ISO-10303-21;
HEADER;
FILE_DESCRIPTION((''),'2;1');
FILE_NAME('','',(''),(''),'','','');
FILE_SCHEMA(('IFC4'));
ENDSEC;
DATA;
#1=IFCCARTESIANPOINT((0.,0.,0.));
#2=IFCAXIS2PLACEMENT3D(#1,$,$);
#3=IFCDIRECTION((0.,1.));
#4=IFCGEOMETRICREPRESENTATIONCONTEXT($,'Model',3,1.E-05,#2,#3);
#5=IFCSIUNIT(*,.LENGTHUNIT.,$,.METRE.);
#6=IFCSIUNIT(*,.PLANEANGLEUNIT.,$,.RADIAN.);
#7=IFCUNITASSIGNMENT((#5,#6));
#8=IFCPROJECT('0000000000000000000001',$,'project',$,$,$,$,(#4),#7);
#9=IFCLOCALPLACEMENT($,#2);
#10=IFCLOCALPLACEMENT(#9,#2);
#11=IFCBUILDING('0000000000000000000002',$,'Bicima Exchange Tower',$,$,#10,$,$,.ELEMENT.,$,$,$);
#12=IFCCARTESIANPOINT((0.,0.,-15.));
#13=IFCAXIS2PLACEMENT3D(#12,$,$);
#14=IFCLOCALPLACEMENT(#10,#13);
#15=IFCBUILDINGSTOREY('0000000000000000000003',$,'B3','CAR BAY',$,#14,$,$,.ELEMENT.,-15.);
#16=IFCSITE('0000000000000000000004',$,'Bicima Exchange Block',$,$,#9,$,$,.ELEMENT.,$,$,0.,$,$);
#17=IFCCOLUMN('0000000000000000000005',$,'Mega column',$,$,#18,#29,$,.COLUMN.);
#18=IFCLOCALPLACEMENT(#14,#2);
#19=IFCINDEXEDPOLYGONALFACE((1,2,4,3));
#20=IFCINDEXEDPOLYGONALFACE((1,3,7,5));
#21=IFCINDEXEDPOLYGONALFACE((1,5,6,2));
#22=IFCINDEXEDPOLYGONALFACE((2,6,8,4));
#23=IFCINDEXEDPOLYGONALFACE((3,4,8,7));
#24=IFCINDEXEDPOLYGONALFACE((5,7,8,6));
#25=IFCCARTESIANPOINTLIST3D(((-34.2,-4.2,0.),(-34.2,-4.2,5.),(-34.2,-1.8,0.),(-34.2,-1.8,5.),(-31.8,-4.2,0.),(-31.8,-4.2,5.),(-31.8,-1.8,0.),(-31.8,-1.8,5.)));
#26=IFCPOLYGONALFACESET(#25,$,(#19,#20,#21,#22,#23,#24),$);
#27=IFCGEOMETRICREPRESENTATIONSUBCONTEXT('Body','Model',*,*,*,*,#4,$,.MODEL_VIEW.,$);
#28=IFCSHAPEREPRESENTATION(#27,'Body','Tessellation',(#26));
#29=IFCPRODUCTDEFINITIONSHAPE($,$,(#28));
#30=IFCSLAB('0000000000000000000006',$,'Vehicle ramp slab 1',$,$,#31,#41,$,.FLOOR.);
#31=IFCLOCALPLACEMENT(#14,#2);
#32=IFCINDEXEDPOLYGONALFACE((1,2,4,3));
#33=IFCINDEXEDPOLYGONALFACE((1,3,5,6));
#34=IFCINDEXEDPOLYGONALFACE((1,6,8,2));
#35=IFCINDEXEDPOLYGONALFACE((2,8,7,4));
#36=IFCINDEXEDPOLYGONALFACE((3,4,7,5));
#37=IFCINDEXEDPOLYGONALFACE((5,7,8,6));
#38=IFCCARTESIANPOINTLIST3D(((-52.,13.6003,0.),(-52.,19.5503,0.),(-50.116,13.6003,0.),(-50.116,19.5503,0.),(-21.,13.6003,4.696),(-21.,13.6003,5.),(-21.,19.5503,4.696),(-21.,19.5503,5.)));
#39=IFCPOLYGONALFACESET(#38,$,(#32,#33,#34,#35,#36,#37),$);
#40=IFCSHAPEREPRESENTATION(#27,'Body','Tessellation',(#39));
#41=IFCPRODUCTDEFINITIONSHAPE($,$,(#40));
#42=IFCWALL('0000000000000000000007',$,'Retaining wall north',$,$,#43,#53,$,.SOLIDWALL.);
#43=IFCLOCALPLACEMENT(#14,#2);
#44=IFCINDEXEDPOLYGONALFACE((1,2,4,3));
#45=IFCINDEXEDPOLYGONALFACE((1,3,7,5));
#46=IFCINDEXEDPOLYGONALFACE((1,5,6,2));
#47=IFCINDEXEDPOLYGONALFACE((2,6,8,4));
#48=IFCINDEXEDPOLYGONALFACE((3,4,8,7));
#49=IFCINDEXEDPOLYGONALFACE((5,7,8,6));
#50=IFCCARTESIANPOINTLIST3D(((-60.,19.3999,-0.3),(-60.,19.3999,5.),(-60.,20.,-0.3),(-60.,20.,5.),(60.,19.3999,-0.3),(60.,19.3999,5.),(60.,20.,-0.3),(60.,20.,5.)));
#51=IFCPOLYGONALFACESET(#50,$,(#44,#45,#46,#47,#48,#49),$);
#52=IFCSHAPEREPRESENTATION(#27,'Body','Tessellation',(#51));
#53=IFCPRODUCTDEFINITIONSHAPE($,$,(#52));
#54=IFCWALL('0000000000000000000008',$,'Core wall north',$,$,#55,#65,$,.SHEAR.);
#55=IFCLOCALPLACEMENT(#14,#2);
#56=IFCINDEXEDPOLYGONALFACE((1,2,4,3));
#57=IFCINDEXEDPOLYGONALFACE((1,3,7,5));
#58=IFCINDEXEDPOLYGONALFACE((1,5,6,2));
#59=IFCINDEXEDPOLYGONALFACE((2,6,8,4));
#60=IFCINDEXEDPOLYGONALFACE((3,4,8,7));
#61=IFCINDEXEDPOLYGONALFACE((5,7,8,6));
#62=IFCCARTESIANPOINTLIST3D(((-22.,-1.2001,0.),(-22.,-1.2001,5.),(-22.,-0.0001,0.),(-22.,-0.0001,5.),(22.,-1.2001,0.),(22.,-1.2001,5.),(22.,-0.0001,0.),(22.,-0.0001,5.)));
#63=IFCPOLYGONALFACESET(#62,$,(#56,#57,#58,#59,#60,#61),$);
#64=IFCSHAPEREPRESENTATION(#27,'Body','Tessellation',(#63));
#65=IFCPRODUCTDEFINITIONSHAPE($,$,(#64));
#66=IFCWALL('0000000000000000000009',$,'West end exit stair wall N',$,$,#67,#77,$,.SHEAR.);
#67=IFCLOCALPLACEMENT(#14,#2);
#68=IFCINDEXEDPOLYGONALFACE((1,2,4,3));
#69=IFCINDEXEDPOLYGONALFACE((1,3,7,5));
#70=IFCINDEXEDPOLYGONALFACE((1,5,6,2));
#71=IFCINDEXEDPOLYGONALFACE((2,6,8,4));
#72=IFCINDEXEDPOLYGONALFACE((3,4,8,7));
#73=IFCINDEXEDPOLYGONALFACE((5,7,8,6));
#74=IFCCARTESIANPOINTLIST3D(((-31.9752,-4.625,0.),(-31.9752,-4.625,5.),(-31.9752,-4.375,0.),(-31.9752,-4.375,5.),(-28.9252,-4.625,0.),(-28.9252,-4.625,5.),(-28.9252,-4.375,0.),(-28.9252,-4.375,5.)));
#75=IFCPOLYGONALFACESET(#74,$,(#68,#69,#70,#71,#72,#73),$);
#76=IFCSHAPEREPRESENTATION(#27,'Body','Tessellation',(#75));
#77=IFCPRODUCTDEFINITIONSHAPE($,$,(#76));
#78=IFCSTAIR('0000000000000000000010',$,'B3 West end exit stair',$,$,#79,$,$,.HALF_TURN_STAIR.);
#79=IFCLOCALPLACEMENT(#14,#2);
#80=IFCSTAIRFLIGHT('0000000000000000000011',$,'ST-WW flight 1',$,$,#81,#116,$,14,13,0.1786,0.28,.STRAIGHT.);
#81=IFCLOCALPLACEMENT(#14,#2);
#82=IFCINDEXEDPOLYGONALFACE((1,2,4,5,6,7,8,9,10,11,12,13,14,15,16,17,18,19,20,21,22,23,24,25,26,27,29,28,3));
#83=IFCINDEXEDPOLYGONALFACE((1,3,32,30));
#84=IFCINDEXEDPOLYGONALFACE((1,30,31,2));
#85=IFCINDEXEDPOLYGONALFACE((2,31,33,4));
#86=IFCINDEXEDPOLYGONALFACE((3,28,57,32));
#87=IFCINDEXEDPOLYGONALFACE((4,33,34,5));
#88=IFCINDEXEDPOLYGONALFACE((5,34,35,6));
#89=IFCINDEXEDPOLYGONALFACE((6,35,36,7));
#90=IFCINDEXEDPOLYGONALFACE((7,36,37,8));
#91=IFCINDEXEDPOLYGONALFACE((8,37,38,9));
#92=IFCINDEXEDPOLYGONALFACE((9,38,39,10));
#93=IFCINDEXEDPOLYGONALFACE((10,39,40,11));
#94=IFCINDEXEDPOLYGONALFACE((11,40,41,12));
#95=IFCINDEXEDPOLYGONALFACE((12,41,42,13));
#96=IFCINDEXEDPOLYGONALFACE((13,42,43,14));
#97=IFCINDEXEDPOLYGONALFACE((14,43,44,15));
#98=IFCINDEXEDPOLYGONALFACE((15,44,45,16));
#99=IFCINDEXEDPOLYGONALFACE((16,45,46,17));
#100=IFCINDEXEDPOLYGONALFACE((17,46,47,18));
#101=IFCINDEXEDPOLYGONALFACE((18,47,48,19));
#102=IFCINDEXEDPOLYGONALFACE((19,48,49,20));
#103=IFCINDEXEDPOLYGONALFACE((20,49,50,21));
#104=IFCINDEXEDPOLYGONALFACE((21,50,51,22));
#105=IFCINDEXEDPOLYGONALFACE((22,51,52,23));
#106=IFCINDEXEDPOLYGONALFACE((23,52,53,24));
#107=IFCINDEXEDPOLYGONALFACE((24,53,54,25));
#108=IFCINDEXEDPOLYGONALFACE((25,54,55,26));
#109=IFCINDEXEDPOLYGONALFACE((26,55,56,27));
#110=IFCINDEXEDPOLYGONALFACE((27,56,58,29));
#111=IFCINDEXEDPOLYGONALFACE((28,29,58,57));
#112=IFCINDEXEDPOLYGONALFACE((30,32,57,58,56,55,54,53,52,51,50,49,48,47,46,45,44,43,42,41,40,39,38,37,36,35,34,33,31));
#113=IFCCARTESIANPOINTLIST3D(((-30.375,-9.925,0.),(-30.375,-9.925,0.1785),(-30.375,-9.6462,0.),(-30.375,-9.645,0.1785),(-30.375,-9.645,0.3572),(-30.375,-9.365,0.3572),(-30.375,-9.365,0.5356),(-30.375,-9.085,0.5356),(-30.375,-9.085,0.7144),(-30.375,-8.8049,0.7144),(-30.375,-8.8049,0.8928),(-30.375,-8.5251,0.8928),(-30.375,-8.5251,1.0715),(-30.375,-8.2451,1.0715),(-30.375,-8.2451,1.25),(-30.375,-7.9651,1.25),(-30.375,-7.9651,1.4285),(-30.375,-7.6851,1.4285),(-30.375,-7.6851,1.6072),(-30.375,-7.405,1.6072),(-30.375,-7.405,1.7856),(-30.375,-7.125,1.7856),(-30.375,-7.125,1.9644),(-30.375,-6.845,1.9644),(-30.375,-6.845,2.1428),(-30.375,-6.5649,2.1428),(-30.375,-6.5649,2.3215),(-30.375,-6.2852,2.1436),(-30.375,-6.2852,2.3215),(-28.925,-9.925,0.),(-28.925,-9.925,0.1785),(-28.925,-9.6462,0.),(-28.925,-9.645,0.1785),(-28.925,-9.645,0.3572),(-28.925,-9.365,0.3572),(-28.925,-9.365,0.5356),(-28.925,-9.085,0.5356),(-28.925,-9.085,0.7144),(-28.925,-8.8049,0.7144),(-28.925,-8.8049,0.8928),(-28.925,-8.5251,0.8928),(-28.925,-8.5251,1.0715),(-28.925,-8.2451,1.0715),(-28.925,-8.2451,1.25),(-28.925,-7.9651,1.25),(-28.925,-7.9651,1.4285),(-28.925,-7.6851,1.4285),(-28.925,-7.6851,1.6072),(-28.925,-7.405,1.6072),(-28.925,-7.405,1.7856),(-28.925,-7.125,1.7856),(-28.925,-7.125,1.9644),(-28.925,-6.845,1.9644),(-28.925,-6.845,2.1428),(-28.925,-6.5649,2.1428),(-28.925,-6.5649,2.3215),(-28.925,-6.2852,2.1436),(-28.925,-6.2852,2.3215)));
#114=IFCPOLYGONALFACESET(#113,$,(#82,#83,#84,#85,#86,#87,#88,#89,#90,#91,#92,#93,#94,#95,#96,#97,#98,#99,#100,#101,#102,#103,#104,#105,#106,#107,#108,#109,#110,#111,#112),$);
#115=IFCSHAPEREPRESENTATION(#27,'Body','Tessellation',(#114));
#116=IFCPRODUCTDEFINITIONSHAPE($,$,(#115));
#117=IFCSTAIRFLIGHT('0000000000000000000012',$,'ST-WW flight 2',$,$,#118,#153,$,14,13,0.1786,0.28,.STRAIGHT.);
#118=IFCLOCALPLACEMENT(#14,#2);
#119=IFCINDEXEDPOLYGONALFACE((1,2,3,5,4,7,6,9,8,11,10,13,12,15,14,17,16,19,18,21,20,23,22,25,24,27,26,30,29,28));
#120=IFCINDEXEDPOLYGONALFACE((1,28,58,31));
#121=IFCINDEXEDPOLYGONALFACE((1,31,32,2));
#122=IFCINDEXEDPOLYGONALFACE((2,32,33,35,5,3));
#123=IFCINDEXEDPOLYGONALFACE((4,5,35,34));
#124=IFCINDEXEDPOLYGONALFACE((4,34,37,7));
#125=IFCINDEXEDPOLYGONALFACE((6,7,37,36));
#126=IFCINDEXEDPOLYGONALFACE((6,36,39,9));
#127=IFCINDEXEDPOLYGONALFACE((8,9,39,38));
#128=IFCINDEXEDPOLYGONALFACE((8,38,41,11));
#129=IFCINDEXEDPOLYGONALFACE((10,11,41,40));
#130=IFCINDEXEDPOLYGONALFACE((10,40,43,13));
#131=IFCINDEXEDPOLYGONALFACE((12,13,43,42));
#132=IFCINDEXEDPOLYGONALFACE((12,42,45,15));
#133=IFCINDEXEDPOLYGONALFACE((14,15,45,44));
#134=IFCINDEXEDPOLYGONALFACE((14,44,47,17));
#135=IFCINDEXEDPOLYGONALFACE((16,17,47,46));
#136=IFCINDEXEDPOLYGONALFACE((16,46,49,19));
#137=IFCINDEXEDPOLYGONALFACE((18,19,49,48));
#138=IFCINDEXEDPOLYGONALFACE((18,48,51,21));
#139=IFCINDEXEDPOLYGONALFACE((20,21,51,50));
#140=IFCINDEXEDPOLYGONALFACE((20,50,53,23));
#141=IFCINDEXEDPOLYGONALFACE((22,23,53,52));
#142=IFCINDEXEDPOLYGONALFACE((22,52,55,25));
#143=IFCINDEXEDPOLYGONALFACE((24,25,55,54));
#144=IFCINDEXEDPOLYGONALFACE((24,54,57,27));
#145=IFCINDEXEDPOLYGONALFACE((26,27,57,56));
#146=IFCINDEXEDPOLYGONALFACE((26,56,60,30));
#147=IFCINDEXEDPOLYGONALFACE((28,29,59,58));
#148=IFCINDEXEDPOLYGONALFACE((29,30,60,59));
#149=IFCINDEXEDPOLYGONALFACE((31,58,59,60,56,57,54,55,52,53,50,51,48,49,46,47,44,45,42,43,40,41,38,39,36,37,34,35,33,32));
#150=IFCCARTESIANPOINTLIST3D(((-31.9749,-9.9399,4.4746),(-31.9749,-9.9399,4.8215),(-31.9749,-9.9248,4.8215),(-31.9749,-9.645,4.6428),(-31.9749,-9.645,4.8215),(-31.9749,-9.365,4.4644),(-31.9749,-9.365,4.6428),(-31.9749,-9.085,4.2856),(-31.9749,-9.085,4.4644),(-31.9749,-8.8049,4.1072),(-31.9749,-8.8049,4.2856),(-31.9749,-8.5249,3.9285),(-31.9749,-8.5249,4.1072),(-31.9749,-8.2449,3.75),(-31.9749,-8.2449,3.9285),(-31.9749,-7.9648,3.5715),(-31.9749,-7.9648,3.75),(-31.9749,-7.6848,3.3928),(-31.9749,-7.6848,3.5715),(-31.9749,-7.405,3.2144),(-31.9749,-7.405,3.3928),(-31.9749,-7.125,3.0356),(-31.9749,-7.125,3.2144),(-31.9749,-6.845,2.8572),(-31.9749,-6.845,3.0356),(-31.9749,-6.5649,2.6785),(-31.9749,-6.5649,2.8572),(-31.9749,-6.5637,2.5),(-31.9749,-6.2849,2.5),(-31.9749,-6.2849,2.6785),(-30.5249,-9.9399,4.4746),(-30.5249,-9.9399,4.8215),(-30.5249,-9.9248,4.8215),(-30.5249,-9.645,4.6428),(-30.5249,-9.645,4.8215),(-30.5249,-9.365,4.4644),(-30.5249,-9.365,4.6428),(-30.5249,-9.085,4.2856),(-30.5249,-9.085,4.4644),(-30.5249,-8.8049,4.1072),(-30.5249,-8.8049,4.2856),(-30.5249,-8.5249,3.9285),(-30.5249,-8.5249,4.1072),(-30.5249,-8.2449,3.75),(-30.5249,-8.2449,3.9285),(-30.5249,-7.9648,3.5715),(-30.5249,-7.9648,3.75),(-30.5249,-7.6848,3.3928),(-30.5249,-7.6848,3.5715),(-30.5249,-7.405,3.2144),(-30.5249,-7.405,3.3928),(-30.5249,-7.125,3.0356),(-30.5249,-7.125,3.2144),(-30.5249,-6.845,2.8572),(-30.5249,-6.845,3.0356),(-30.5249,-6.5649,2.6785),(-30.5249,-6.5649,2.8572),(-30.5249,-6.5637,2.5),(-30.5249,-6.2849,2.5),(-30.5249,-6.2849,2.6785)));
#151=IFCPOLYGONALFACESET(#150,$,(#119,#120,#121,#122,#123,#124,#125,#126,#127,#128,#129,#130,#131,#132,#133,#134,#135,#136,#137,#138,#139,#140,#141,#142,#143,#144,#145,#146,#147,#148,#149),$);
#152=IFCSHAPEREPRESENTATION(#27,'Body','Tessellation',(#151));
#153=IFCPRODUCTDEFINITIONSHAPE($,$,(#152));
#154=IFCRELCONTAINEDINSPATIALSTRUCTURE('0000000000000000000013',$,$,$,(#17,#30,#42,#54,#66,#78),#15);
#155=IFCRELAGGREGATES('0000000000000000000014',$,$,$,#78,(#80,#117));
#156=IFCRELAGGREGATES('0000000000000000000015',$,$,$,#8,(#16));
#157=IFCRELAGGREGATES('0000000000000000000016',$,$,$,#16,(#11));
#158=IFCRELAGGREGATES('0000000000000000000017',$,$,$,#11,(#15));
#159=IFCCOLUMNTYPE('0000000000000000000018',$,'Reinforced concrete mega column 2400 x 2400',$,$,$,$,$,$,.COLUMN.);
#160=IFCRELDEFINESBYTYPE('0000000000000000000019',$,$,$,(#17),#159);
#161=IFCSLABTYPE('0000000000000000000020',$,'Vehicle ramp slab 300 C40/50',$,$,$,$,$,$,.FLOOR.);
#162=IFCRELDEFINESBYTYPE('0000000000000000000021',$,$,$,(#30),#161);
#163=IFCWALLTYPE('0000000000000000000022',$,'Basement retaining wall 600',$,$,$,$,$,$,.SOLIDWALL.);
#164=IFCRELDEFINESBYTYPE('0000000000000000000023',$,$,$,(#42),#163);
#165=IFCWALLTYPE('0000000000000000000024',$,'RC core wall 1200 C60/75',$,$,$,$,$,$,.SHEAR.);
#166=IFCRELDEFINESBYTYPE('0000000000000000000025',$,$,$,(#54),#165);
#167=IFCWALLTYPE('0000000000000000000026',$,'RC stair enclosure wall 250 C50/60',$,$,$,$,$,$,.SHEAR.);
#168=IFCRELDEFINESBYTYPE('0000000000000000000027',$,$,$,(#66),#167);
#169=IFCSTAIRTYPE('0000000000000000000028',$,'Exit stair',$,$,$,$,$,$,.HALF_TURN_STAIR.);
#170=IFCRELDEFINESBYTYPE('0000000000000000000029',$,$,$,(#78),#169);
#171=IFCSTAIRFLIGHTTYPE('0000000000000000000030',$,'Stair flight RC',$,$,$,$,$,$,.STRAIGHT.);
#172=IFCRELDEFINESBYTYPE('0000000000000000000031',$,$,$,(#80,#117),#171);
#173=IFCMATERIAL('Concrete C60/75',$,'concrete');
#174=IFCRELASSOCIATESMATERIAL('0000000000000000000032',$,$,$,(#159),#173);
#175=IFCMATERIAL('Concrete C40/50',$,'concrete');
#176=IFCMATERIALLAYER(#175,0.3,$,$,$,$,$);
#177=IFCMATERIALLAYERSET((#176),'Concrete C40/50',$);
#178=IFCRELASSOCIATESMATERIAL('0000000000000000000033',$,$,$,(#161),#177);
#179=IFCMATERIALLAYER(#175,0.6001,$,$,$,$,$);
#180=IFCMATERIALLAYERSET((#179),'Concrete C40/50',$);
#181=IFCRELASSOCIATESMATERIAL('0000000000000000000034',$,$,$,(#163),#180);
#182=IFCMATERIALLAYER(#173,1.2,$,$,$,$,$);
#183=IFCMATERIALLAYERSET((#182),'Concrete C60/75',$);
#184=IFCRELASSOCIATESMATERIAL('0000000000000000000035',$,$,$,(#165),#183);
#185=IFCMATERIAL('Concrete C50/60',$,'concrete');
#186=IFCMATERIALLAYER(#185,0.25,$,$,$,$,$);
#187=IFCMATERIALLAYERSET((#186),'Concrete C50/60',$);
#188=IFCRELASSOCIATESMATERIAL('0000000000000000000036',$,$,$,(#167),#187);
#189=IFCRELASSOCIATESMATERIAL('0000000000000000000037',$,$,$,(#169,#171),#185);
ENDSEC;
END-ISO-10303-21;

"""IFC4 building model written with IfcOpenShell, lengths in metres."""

from ifc_helpers import new_model, si_unit, direction, frame, frame_2d, origin, origin_2d, place, context, subcontext, project, spatial, polyline, rectangle, outline, extrude, material, layer, layer_set, material_profile, profile_set, type_object, element, aggregate, save


model = new_model("IFC4")

# Units and contexts
model_context = context("Model", 3, precision=1e-05, world=origin(), true_north=direction((0.0, 1.0)))
body_context = subcontext(model_context, "Body", "Model", "MODEL_VIEW")
ifc_project = project(units=[si_unit("LENGTHUNIT", "METRE"), si_unit("PLANEANGLEUNIT", "RADIAN")], contexts=[model_context])

# Site, building, storey
site_placement = place(None, origin())
site = spatial("IfcSite", under=ifc_project, at=site_placement, Name="Bicima Exchange Block", CompositionType="ELEMENT", RefElevation=0.0)
building_placement = place(site_placement, origin())
building = spatial("IfcBuilding", under=site, at=building_placement, Name="Bicima Exchange Tower", CompositionType="ELEMENT")
storey_placement = place(building_placement, frame((0.0, 0.0, -15.0)))
storey = spatial("IfcBuildingStorey", under=building, at=storey_placement, Name="B3", Description="CAR BAY", CompositionType="ELEMENT", Elevation=-15.0)

# Shared definitions
ifc_material_1 = material(Name="Concrete C40/50", Category="concrete")

# Column
ifc_material_2 = material(Name="Concrete C60/75", Category="concrete")
ifc_material_profile_1 = material_profile(ifc_material_2, rectangle(XDim=2.3999, YDim=2.3999, at=origin_2d()))
ifc_profile_set_1 = profile_set([ifc_material_profile_1], Name="Concrete C60/75")
column_type_1 = type_object("IfcColumnType", Name="Reinforced concrete mega column 2400 x 2400", PredefinedType="COLUMN", material=ifc_profile_set_1)
column_1_placement = place(storey_placement, frame((-33.0, -3.0, 0.0), z_axis=(0.0, 0.0, 1.0), x_axis=(1.0, 0.0, 0.0)))
element("IfcColumn", 1, at=column_1_placement, inside=storey, type_object=column_type_1, Name="Mega column", PredefinedType="COLUMN", context=body_context, shape_type="SweptSolid", body=[
    extrude(rectangle(XDim=2.3999, YDim=2.3999, at=origin_2d()), origin(), (0.0, 0.0, 1.0), 5.0),
])

# Slab
ifc_layer_1 = layer(ifc_material_1, 0.3)
ifc_layer_set_1 = layer_set([ifc_layer_1], Name="Concrete C40/50")
slab_type = type_object("IfcSlabType", Name="Vehicle ramp slab 300 C40/50", PredefinedType="FLOOR", material=ifc_layer_set_1)
slab_placement = place(storey_placement, frame((-52.0, 16.5752, 0.0), z_axis=(0.0, 0.0, 1.0), x_axis=(1.0, 0.0, 0.0)))
element("IfcSlab", 2, at=slab_placement, inside=storey, type_object=slab_type, Name="Vehicle ramp slab 1", PredefinedType="FLOOR", context=body_context, shape_type="SweptSolid", body=[
    extrude(outline(polyline([(0.0, 0.0), (31.0, 5.0), (31.0, 4.696), (1.884, 0.0), (0.0, 0.0)])), frame((0.0, 2.9751, 0.0), z_axis=(0.0, -1.0, 0.0), x_axis=(1.0, 0.0, 0.0)), (0.0, 0.0, 1.0), 5.95),
])

# Walls
ifc_layer_2 = layer(ifc_material_1, 0.6001)
ifc_layer_set_2 = layer_set([ifc_layer_2], Name="Concrete C40/50")
wall_type_1 = type_object("IfcWallType", Name="Basement retaining wall 600", PredefinedType="SOLIDWALL", material=ifc_layer_set_2)
wall_1_placement = place(storey_placement, frame((-60.0, 19.7, -0.3), z_axis=(0.0, 0.0, 1.0), x_axis=(1.0, 0.0, 0.0)))
element("IfcWall", 3, at=wall_1_placement, inside=storey, type_object=wall_type_1, Name="Retaining wall north", PredefinedType="SOLIDWALL", context=body_context, shape_type="SweptSolid", body=[
    extrude(rectangle(XDim=120.0, YDim=0.6001, at=frame_2d((60.0, 0.0))), origin(), (0.0, 0.0, 1.0), 5.3),
])
ifc_layer_3 = layer(ifc_material_2, 1.2)
ifc_layer_set_3 = layer_set([ifc_layer_3], Name="Concrete C60/75")
wall_type_2 = type_object("IfcWallType", Name="RC core wall 1200 C60/75", PredefinedType="SHEAR", material=ifc_layer_set_3)
wall_2_placement = place(storey_placement, frame((-22.0, -0.6001, 0.0), z_axis=(0.0, 0.0, 1.0), x_axis=(1.0, 0.0, 0.0)))
element("IfcWall", 4, at=wall_2_placement, inside=storey, type_object=wall_type_2, Name="Core wall north", PredefinedType="SHEAR", context=body_context, shape_type="SweptSolid", body=[
    extrude(rectangle(XDim=44.0, YDim=1.2, at=frame_2d((22.0, 0.0))), origin(), (0.0, 0.0, 1.0), 5.0),
])
ifc_material_3 = material(Name="Concrete C50/60", Category="concrete")
ifc_layer_4 = layer(ifc_material_3, 0.25)
ifc_layer_set_4 = layer_set([ifc_layer_4], Name="Concrete C50/60")
wall_type_3 = type_object("IfcWallType", Name="RC stair enclosure wall 250 C50/60", PredefinedType="SHEAR", material=ifc_layer_set_4)
wall_3_placement = place(storey_placement, frame((-31.9751, -4.5, 0.0), z_axis=(0.0, 0.0, 1.0), x_axis=(1.0, 0.0, 0.0)))
element("IfcWall", 5, at=wall_3_placement, inside=storey, type_object=wall_type_3, Name="West end exit stair wall N", PredefinedType="SHEAR", context=body_context, shape_type="SweptSolid", body=[
    extrude(rectangle(XDim=3.05, YDim=0.25, at=frame_2d((1.5249, 0.0))), origin(), (0.0, 0.0, 1.0), 5.0),
])

# Stair, stair flights
stair_type = type_object("IfcStairType", Name="Exit stair", PredefinedType="HALF_TURN_STAIR", material=ifc_material_3)
stair_placement = place(storey_placement, origin())
stair = element("IfcStair", 6, at=stair_placement, inside=storey, type_object=stair_type, Name="B3 West end exit stair", PredefinedType="HALF_TURN_STAIR")
stair_flight_type = type_object("IfcStairFlightType", Name="Stair flight RC", PredefinedType="STRAIGHT", material=ifc_material_3)
stair_flight_1_placement = place(storey_placement, frame((-29.6499, -9.925, 0.0), z_axis=(0.0, 0.0, 1.0), x_axis=(0.0, 1.0, 0.0)))
stair_flight_1 = element("IfcStairFlight", 7, at=stair_flight_1_placement, type_object=stair_flight_type, Name="ST-WW flight 1", NumberOfRisers=14, NumberOfTreads=13, PredefinedType="STRAIGHT", RiserHeight=0.1786, TreadLength=0.28, context=body_context, shape_type="SweptSolid", body=[
    extrude(outline(polyline([(0.0, 0.0), (0.0, 0.1785), (0.28, 0.1785), (0.28, 0.3572), (0.5601, 0.3572), (0.5601, 0.5356), (0.8401, 0.5356), (0.8401, 0.7144), (1.1201, 0.7144), (1.1201, 0.8928), (1.3999, 0.8928), (1.3999, 1.0715), (1.6799, 1.0715), (1.6799, 1.25), (1.96, 1.25), (1.96, 1.4285), (2.24, 1.4285), (2.24, 1.6072), (2.52, 1.6072), (2.52, 1.7856), (2.8, 1.7856), (2.8, 1.9644), (3.0801, 1.9644), (3.0801, 2.1428), (3.3601, 2.1428), (3.3601, 2.3215), (3.6399, 2.3215), (3.6399, 2.5), (3.6399, 2.1436), (0.2788, 0.0), (0.0, 0.0)])), frame((0.0, 0.7251, 0.0), z_axis=(0.0, -1.0, 0.0), x_axis=(1.0, 0.0, 0.0)), (0.0, 0.0, 1.0), 1.45),
])
stair_flight_2_placement = place(storey_placement, frame((-31.25, -6.2849, 2.5), z_axis=(0.0, 0.0, 1.0), x_axis=(0.0, -1.0, 0.0)))
stair_flight_2 = element("IfcStairFlight", 8, at=stair_flight_2_placement, type_object=stair_flight_type, Name="ST-WW flight 2", NumberOfRisers=14, NumberOfTreads=13, PredefinedType="STRAIGHT", RiserHeight=0.1786, TreadLength=0.28, context=body_context, shape_type="SweptSolid", body=[
    extrude(outline(polyline([(0.0, 0.0), (0.0, 0.1785), (0.28, 0.1785), (0.28, 0.3572), (0.5601, 0.3572), (0.5601, 0.5356), (0.8401, 0.5356), (0.8401, 0.7144), (1.1201, 0.7144), (1.1201, 0.8928), (1.3999, 0.8928), (1.3999, 1.0715), (1.6799, 1.0715), (1.6799, 1.25), (1.96, 1.25), (1.96, 1.4285), (2.24, 1.4285), (2.24, 1.6072), (2.52, 1.6072), (2.52, 1.7856), (2.8, 1.7856), (2.8, 1.9644), (3.0801, 1.9644), (3.0801, 2.1428), (3.3601, 2.1428), (3.3601, 2.3215), (3.6399, 2.3215), (3.655, 2.3215), (3.655, 1.9746), (0.2788, 0.0), (0.0, 0.0)])), frame((0.0, 0.7251, 0.0), z_axis=(0.0, -1.0, 0.0), x_axis=(1.0, 0.0, 0.0)), (0.0, 0.0, 1.0), 1.45),
])
aggregate(stair, [stair_flight_1, stair_flight_2])

save(model, "model.ifc")
